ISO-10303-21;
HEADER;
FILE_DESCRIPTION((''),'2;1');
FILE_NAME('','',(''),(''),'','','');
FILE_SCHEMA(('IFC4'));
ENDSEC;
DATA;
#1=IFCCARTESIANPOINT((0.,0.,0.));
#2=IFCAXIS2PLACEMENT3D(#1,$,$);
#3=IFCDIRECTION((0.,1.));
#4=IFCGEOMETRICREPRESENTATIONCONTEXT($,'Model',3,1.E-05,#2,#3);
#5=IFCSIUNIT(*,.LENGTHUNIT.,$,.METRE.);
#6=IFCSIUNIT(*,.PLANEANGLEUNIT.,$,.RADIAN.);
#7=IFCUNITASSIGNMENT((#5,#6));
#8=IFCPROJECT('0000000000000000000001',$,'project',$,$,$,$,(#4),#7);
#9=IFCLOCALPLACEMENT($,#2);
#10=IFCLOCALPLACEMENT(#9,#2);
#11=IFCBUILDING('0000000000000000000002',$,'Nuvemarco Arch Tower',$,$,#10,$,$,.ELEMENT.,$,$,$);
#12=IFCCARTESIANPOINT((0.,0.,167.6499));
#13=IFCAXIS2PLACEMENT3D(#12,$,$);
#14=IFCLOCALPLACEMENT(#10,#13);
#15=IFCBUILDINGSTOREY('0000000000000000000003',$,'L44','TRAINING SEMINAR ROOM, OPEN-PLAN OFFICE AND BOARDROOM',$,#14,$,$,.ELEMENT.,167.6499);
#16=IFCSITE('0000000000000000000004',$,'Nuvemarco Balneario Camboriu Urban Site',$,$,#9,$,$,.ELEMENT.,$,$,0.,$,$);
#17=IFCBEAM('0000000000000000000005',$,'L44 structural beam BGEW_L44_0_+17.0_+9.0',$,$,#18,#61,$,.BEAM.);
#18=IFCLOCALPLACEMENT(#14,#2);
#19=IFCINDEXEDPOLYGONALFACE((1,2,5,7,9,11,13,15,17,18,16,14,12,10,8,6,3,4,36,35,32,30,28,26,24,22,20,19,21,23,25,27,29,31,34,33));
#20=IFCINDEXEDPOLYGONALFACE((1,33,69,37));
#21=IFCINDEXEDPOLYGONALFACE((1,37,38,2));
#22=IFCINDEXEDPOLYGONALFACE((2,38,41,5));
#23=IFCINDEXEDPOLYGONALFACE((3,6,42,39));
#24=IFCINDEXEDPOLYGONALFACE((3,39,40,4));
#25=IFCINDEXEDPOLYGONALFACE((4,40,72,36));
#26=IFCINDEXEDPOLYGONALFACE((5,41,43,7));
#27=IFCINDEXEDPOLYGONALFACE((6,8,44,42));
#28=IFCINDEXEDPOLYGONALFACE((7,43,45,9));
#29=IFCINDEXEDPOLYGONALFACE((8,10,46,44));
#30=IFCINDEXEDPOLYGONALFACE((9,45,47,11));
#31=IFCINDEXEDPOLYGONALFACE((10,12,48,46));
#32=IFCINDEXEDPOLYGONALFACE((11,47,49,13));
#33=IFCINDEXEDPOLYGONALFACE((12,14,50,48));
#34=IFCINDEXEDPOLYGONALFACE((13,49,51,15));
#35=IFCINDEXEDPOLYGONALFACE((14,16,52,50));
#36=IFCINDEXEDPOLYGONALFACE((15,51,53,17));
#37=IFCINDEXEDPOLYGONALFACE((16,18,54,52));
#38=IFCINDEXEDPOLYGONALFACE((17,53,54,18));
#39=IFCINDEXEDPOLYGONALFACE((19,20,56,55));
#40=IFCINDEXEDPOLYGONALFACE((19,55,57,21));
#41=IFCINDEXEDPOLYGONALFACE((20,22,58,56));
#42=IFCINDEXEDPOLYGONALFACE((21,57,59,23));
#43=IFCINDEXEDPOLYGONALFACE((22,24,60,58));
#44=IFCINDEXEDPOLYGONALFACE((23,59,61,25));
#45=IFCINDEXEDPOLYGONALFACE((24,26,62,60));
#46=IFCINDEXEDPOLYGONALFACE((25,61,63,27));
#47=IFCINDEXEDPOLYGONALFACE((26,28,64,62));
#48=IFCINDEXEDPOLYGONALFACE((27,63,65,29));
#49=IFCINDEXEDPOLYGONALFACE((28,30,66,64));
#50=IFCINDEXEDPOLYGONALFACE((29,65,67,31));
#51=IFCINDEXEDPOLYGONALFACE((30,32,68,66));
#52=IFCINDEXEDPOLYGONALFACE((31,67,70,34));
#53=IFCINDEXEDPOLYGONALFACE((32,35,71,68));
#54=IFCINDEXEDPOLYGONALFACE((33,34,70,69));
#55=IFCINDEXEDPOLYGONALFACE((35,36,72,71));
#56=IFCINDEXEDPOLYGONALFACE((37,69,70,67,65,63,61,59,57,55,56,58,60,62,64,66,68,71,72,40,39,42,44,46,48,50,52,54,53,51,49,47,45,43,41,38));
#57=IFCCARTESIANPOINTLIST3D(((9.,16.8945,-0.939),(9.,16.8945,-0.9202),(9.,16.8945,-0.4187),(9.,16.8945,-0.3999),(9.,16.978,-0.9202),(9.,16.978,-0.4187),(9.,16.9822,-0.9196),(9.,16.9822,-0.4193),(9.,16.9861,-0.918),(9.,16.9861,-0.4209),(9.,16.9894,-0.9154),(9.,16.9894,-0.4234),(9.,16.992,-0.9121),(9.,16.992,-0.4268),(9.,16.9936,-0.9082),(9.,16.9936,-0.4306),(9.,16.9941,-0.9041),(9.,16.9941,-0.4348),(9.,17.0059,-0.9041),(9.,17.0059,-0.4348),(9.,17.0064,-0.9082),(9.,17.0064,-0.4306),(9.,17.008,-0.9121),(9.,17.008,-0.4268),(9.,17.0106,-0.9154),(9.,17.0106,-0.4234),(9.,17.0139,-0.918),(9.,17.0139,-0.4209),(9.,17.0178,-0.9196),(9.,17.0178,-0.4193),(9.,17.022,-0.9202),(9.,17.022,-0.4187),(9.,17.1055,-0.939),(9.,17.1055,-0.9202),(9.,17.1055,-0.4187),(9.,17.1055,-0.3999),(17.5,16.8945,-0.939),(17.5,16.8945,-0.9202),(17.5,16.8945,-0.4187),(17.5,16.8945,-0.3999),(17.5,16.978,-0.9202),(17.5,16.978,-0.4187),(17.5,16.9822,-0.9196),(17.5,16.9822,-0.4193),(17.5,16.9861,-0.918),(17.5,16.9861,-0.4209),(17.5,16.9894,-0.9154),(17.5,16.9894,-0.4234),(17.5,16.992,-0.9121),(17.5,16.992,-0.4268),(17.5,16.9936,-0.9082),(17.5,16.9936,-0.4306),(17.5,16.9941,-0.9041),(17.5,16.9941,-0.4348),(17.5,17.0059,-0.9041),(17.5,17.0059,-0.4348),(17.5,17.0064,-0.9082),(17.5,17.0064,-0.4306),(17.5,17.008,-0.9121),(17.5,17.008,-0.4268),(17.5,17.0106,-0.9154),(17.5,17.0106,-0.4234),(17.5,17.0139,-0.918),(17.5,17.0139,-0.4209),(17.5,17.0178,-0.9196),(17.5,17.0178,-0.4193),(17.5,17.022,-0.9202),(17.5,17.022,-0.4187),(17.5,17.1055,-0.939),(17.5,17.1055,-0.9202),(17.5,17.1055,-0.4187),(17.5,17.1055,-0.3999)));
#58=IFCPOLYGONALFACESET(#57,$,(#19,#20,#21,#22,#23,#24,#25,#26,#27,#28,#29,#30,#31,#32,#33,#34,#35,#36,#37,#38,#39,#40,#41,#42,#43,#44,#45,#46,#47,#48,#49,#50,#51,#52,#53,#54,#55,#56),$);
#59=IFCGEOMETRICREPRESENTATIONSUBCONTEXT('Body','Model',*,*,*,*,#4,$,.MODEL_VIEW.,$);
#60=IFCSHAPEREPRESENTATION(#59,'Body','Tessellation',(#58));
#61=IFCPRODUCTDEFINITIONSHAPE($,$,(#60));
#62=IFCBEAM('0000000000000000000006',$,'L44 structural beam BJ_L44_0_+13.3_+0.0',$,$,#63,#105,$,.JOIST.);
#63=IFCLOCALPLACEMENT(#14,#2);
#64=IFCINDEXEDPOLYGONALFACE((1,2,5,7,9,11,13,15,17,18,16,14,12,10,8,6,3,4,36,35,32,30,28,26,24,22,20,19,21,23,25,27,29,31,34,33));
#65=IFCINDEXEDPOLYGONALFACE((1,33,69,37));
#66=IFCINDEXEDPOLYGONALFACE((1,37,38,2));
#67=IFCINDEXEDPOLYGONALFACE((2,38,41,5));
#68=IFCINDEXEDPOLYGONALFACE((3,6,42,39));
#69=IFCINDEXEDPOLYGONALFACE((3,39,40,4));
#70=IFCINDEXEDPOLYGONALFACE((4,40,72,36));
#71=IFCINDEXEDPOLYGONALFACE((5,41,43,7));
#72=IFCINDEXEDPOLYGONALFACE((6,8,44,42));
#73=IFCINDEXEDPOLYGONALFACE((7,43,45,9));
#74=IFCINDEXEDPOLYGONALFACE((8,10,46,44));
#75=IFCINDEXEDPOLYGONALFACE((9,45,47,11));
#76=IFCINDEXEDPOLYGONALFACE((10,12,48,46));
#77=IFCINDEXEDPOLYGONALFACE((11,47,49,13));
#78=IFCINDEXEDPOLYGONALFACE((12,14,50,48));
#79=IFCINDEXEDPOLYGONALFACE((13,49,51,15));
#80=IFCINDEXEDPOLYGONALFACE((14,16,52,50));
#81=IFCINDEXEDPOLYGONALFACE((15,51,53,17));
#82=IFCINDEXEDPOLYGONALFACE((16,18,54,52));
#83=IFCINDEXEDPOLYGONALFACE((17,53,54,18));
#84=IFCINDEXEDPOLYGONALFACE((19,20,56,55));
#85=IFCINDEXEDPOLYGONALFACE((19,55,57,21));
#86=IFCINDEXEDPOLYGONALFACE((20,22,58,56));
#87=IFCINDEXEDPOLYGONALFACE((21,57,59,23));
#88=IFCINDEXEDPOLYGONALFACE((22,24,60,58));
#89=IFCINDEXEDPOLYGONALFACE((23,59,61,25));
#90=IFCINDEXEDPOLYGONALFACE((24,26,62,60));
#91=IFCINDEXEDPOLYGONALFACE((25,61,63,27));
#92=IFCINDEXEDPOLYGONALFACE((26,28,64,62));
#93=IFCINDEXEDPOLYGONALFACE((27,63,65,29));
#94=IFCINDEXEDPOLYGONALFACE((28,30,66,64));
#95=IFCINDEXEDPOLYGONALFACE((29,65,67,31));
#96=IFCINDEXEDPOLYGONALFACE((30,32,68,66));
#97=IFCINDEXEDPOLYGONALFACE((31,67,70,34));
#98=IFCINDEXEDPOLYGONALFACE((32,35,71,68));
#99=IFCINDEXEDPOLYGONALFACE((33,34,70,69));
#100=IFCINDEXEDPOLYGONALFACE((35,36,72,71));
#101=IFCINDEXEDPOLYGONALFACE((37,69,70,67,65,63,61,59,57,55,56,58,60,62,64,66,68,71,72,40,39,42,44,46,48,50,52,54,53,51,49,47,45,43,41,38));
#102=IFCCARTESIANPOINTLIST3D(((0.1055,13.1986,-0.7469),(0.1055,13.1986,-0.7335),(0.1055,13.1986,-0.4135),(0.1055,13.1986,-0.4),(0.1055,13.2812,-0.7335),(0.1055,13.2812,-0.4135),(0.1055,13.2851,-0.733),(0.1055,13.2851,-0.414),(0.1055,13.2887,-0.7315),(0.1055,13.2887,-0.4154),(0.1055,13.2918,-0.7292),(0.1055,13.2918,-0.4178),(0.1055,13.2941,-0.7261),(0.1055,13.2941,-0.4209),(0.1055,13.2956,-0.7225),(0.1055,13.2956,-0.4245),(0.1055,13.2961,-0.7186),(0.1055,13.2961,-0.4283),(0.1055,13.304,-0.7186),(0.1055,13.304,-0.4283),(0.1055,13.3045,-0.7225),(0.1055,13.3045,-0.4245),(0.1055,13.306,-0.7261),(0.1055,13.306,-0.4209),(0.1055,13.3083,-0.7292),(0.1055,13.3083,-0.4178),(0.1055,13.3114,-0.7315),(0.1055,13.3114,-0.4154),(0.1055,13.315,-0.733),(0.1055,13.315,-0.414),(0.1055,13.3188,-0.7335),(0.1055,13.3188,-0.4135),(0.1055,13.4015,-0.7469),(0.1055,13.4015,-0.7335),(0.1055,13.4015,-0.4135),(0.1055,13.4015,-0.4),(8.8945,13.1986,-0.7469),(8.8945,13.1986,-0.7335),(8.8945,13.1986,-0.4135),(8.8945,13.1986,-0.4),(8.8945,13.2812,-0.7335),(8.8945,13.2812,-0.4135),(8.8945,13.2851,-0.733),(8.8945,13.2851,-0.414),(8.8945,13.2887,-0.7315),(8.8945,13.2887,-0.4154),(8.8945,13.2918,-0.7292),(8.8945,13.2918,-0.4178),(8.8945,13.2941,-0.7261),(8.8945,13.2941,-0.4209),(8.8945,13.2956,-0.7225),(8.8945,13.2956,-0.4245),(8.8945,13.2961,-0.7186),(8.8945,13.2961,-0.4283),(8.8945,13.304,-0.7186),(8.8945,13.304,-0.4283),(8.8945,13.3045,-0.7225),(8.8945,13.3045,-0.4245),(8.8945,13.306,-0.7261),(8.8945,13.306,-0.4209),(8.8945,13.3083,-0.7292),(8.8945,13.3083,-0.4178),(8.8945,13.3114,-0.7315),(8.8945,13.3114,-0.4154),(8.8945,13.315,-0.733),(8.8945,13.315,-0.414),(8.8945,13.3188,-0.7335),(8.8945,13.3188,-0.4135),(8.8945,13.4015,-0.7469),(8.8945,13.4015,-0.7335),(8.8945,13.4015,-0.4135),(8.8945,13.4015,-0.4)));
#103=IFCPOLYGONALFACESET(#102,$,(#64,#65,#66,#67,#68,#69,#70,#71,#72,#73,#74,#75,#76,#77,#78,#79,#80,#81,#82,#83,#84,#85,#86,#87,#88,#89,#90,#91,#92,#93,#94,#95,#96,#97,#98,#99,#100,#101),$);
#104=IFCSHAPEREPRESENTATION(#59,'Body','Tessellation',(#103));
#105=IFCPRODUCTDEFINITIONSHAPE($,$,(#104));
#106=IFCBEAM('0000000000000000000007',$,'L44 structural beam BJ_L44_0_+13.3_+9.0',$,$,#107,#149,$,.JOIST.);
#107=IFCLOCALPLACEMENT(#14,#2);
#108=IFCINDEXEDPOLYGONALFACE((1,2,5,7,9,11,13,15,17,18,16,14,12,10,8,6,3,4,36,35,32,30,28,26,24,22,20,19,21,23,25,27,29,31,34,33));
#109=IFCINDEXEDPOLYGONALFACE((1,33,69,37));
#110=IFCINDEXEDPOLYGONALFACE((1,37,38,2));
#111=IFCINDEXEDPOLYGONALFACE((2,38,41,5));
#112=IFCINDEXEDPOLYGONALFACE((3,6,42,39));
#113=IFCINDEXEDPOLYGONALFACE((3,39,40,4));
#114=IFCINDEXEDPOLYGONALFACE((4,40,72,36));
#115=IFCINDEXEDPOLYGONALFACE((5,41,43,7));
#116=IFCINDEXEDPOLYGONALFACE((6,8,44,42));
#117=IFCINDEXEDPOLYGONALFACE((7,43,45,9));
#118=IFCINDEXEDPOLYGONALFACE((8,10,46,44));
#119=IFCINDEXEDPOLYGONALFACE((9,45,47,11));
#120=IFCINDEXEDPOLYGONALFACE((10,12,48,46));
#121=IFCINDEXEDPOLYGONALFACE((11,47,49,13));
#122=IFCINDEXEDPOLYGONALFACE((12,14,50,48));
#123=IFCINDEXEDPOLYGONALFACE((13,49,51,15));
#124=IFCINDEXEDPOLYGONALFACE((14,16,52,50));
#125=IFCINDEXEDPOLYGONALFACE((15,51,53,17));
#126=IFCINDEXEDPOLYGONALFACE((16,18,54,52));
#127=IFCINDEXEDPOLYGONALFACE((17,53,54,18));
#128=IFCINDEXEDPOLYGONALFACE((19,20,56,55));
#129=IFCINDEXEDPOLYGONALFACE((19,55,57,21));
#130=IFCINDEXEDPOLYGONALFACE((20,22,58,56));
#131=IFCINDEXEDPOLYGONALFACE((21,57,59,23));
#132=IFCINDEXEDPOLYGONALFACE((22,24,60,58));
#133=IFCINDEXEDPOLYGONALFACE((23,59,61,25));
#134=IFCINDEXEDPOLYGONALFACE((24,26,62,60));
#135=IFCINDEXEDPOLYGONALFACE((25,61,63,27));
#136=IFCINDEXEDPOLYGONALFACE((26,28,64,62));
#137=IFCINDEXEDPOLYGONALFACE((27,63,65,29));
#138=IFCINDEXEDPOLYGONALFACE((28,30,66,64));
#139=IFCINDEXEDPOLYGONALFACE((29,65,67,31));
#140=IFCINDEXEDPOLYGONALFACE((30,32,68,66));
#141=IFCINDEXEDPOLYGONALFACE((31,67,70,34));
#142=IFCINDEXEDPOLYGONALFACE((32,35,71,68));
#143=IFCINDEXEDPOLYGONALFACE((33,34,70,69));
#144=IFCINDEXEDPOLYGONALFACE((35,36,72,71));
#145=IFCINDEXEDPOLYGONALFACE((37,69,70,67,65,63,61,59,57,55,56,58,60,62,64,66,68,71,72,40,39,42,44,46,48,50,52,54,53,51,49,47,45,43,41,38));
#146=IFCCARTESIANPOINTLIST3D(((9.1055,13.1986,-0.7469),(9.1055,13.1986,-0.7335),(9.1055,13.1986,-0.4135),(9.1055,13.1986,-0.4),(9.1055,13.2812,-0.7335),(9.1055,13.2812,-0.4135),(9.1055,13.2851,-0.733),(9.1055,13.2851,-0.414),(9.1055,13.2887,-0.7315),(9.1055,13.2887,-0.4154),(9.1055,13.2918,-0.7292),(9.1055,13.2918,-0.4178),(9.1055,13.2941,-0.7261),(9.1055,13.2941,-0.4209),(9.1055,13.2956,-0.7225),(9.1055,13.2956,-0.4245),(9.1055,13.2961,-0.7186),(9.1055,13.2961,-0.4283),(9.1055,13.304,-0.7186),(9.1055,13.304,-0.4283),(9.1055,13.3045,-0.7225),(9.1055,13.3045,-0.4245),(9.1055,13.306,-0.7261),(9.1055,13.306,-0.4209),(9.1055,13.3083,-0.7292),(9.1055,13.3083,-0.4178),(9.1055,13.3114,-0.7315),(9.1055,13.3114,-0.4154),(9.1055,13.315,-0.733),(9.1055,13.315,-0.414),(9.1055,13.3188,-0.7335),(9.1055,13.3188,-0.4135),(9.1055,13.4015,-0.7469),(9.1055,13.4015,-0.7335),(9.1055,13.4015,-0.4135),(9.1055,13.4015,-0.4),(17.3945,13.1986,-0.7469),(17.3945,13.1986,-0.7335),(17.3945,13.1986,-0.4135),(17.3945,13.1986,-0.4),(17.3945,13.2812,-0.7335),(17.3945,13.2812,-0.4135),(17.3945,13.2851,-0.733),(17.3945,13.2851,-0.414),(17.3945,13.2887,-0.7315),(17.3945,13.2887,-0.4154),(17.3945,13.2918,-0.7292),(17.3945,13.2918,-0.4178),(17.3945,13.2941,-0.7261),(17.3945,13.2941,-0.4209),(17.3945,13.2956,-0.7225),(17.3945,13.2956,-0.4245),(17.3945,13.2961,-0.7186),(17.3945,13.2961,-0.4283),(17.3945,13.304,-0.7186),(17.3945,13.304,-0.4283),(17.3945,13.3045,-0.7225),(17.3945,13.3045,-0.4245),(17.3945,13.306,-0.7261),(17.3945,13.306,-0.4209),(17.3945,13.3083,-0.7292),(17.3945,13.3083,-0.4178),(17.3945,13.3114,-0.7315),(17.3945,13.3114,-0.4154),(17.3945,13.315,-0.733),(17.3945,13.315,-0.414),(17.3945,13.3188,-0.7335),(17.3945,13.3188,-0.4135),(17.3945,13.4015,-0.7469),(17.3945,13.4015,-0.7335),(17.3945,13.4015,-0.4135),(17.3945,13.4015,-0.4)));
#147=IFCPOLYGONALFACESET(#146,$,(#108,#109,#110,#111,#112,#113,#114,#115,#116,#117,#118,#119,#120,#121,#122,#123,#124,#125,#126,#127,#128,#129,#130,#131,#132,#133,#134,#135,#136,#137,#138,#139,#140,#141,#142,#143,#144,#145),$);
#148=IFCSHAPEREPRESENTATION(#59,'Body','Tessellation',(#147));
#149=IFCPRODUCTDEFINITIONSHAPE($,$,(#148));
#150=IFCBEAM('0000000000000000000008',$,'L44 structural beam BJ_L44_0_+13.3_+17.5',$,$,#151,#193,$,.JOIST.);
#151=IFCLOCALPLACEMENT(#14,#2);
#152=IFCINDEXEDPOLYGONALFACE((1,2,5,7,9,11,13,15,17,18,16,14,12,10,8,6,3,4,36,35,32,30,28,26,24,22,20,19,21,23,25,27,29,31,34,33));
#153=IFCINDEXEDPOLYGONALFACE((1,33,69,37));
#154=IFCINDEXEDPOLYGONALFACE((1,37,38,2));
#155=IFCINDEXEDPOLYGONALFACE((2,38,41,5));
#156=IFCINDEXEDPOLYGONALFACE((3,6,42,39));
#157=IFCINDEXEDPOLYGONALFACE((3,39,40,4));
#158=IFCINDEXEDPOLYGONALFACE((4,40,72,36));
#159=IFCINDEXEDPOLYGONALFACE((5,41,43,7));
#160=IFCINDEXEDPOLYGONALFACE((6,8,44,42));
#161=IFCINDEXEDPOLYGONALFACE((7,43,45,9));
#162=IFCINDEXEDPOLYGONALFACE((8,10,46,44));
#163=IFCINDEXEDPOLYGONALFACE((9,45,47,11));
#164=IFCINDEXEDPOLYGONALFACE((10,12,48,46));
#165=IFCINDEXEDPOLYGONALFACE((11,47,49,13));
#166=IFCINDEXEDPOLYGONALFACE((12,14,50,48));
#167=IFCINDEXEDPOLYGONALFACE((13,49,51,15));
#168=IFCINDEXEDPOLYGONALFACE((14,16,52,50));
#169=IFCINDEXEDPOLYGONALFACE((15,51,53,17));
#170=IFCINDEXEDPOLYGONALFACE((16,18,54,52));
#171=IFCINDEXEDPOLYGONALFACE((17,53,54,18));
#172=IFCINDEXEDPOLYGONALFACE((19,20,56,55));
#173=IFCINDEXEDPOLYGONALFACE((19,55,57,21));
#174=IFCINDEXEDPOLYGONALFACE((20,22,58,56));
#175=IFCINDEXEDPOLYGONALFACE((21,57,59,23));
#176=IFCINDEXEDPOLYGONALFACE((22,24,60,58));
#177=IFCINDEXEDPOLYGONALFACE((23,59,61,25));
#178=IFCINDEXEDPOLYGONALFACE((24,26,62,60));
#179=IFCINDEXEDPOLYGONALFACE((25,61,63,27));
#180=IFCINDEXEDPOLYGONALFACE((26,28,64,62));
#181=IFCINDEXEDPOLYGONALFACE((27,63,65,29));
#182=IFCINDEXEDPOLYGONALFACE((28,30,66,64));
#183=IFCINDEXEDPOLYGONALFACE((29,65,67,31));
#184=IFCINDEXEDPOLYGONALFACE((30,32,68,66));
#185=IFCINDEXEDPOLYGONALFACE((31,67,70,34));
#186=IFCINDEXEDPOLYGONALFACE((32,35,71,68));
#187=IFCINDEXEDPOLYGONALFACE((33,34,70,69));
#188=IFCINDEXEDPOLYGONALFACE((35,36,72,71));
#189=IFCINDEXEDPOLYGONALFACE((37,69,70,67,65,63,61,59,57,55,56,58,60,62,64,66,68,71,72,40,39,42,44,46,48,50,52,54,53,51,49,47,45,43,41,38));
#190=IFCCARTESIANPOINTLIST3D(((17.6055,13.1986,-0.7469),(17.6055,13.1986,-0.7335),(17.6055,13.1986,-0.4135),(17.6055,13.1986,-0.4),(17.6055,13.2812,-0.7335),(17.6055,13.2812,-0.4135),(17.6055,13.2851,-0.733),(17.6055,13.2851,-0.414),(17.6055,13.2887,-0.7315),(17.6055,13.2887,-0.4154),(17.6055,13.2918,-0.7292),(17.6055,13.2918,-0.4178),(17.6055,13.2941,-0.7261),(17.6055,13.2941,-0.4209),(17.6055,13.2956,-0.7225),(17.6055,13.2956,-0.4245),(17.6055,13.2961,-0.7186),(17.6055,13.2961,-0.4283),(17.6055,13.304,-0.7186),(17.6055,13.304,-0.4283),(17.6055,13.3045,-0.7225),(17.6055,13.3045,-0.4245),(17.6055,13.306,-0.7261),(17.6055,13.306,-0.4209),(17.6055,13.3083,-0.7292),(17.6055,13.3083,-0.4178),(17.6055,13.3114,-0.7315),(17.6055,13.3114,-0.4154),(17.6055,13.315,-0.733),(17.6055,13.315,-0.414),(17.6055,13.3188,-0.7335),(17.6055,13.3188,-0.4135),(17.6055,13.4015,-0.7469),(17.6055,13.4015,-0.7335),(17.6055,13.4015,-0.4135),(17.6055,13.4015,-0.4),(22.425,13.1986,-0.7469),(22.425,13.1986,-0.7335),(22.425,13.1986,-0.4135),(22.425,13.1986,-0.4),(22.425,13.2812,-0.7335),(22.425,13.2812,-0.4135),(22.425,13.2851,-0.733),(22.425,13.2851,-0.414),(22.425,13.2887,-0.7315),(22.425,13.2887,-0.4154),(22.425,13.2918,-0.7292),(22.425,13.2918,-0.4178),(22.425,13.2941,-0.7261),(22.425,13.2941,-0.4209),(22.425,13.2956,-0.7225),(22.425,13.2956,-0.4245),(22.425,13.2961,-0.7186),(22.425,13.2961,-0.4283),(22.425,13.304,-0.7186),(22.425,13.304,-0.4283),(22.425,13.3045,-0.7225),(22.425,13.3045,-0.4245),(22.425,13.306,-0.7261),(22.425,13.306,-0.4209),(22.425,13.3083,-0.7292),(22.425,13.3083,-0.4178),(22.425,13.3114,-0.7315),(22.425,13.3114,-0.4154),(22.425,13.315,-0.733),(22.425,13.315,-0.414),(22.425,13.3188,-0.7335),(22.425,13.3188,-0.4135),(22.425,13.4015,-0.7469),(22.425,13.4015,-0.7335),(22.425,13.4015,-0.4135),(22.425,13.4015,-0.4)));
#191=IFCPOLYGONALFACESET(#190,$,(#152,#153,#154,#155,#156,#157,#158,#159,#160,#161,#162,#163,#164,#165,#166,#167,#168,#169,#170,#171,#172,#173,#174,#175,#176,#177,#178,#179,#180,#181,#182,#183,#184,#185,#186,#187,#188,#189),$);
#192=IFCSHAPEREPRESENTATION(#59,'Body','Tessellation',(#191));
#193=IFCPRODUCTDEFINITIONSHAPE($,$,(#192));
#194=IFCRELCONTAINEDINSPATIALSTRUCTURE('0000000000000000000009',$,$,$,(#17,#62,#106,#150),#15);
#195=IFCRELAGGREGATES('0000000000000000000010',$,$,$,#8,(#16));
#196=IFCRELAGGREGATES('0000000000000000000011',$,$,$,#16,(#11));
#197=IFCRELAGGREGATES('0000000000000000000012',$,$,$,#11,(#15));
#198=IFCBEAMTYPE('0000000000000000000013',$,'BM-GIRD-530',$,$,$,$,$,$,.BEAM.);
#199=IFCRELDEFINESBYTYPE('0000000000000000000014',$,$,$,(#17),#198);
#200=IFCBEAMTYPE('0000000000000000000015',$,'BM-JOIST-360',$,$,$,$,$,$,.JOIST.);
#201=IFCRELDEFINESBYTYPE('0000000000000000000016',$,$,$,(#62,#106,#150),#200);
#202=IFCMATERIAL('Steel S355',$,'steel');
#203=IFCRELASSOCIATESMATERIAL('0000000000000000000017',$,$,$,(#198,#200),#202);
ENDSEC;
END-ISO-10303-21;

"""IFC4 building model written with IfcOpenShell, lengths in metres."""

from ifc_helpers import new_model, si_unit, direction, frame, origin, origin_2d, place, context, subcontext, project, spatial, i_section, extrude, material, material_profile, profile_set, type_object, element, save


model = new_model("IFC4")

# Units and contexts
model_context = context("Model", 3, precision=1e-05, world=origin(), true_north=direction((0.0, 1.0)))
body_context = subcontext(model_context, "Body", "Model", "MODEL_VIEW")
ifc_project = project(units=[si_unit("LENGTHUNIT", "METRE"), si_unit("PLANEANGLEUNIT", "RADIAN")], contexts=[model_context])

# Site, building, storey
site_placement = place(None, origin())
site = spatial("IfcSite", under=ifc_project, at=site_placement, Name="Nuvemarco Balneario Camboriu Urban Site", CompositionType="ELEMENT", RefElevation=0.0)
building_placement = place(site_placement, origin())
building = spatial("IfcBuilding", under=site, at=building_placement, Name="Nuvemarco Arch Tower", CompositionType="ELEMENT")
storey_placement = place(building_placement, frame((0.0, 0.0, 167.6499)))
storey = spatial("IfcBuildingStorey", under=building, at=storey_placement, Name="L44", Description="TRAINING SEMINAR ROOM, OPEN-PLAN OFFICE AND BOARDROOM", CompositionType="ELEMENT", Elevation=167.6499)

# Shared definitions
ifc_material_1 = material(Name="Steel S355", Category="steel")

# Beams
ifc_material_profile_1 = material_profile(ifc_material_1, i_section(OverallWidth=0.2109, OverallDepth=0.5391, WebThickness=0.0117, FlangeThickness=0.0188, FilletRadius=0.0161, at=origin_2d()), Name="W530x109")
ifc_profile_set_1 = profile_set([ifc_material_profile_1], Name="Steel S355")
beam_type_1 = type_object("IfcBeamType", Name="BM-GIRD-530", PredefinedType="BEAM", material=ifc_profile_set_1)
beam_1_placement = place(storey_placement, frame((9.0, 17.0, -0.6694), z_axis=(1.0, 0.0, 0.0), x_axis=(0.0, 1.0, 0.0)))
element("IfcBeam", 1, at=beam_1_placement, inside=storey, type_object=beam_type_1, Name="L44 structural beam BGEW_L44_0_+17.0_+9.0", PredefinedType="BEAM", context=body_context, shape_type="SweptSolid", body=[
    extrude(i_section(OverallWidth=0.2109, OverallDepth=0.5391, WebThickness=0.0117, FlangeThickness=0.0188, FilletRadius=0.0161, at=origin_2d()), origin(), (0.0, 0.0, 1.0), 8.5),
])
ifc_material_profile_2 = material_profile(ifc_material_1, i_section(OverallWidth=0.2029, OverallDepth=0.3469, WebThickness=0.0078, FlangeThickness=0.0134, FilletRadius=0.0149, at=origin_2d()), Name="W360x64")
ifc_profile_set_2 = profile_set([ifc_material_profile_2], Name="Steel S355")
beam_type_2 = type_object("IfcBeamType", Name="BM-JOIST-360", PredefinedType="JOIST", material=ifc_profile_set_2)
beam_2_placement = place(storey_placement, frame((0.1055, 13.3, -0.5735), z_axis=(1.0, 0.0, 0.0), x_axis=(0.0, 1.0, 0.0)))
element("IfcBeam", 2, at=beam_2_placement, inside=storey, type_object=beam_type_2, Name="L44 structural beam BJ_L44_0_+13.3_+0.0", PredefinedType="JOIST", context=body_context, shape_type="SweptSolid", body=[
    extrude(i_section(OverallWidth=0.2029, OverallDepth=0.3469, WebThickness=0.0078, FlangeThickness=0.0134, FilletRadius=0.0149, at=origin_2d()), origin(), (0.0, 0.0, 1.0), 8.7891),
])
beam_3_placement = place(storey_placement, frame((9.1055, 13.3, -0.5735), z_axis=(1.0, 0.0, 0.0), x_axis=(0.0, 1.0, 0.0)))
element("IfcBeam", 3, at=beam_3_placement, inside=storey, type_object=beam_type_2, Name="L44 structural beam BJ_L44_0_+13.3_+9.0", PredefinedType="JOIST", context=body_context, shape_type="SweptSolid", body=[
    extrude(i_section(OverallWidth=0.2029, OverallDepth=0.3469, WebThickness=0.0078, FlangeThickness=0.0134, FilletRadius=0.0149, at=origin_2d()), origin(), (0.0, 0.0, 1.0), 8.2891),
])
beam_4_placement = place(storey_placement, frame((17.6055, 13.3, -0.5735), z_axis=(1.0, 0.0, 0.0), x_axis=(0.0, 1.0, 0.0)))
element("IfcBeam", 4, at=beam_4_placement, inside=storey, type_object=beam_type_2, Name="L44 structural beam BJ_L44_0_+13.3_+17.5", PredefinedType="JOIST", context=body_context, shape_type="SweptSolid", body=[
    extrude(i_section(OverallWidth=0.2029, OverallDepth=0.3469, WebThickness=0.0078, FlangeThickness=0.0134, FilletRadius=0.0149, at=origin_2d()), origin(), (0.0, 0.0, 1.0), 4.8196),
])

save(model, "model.ifc")
